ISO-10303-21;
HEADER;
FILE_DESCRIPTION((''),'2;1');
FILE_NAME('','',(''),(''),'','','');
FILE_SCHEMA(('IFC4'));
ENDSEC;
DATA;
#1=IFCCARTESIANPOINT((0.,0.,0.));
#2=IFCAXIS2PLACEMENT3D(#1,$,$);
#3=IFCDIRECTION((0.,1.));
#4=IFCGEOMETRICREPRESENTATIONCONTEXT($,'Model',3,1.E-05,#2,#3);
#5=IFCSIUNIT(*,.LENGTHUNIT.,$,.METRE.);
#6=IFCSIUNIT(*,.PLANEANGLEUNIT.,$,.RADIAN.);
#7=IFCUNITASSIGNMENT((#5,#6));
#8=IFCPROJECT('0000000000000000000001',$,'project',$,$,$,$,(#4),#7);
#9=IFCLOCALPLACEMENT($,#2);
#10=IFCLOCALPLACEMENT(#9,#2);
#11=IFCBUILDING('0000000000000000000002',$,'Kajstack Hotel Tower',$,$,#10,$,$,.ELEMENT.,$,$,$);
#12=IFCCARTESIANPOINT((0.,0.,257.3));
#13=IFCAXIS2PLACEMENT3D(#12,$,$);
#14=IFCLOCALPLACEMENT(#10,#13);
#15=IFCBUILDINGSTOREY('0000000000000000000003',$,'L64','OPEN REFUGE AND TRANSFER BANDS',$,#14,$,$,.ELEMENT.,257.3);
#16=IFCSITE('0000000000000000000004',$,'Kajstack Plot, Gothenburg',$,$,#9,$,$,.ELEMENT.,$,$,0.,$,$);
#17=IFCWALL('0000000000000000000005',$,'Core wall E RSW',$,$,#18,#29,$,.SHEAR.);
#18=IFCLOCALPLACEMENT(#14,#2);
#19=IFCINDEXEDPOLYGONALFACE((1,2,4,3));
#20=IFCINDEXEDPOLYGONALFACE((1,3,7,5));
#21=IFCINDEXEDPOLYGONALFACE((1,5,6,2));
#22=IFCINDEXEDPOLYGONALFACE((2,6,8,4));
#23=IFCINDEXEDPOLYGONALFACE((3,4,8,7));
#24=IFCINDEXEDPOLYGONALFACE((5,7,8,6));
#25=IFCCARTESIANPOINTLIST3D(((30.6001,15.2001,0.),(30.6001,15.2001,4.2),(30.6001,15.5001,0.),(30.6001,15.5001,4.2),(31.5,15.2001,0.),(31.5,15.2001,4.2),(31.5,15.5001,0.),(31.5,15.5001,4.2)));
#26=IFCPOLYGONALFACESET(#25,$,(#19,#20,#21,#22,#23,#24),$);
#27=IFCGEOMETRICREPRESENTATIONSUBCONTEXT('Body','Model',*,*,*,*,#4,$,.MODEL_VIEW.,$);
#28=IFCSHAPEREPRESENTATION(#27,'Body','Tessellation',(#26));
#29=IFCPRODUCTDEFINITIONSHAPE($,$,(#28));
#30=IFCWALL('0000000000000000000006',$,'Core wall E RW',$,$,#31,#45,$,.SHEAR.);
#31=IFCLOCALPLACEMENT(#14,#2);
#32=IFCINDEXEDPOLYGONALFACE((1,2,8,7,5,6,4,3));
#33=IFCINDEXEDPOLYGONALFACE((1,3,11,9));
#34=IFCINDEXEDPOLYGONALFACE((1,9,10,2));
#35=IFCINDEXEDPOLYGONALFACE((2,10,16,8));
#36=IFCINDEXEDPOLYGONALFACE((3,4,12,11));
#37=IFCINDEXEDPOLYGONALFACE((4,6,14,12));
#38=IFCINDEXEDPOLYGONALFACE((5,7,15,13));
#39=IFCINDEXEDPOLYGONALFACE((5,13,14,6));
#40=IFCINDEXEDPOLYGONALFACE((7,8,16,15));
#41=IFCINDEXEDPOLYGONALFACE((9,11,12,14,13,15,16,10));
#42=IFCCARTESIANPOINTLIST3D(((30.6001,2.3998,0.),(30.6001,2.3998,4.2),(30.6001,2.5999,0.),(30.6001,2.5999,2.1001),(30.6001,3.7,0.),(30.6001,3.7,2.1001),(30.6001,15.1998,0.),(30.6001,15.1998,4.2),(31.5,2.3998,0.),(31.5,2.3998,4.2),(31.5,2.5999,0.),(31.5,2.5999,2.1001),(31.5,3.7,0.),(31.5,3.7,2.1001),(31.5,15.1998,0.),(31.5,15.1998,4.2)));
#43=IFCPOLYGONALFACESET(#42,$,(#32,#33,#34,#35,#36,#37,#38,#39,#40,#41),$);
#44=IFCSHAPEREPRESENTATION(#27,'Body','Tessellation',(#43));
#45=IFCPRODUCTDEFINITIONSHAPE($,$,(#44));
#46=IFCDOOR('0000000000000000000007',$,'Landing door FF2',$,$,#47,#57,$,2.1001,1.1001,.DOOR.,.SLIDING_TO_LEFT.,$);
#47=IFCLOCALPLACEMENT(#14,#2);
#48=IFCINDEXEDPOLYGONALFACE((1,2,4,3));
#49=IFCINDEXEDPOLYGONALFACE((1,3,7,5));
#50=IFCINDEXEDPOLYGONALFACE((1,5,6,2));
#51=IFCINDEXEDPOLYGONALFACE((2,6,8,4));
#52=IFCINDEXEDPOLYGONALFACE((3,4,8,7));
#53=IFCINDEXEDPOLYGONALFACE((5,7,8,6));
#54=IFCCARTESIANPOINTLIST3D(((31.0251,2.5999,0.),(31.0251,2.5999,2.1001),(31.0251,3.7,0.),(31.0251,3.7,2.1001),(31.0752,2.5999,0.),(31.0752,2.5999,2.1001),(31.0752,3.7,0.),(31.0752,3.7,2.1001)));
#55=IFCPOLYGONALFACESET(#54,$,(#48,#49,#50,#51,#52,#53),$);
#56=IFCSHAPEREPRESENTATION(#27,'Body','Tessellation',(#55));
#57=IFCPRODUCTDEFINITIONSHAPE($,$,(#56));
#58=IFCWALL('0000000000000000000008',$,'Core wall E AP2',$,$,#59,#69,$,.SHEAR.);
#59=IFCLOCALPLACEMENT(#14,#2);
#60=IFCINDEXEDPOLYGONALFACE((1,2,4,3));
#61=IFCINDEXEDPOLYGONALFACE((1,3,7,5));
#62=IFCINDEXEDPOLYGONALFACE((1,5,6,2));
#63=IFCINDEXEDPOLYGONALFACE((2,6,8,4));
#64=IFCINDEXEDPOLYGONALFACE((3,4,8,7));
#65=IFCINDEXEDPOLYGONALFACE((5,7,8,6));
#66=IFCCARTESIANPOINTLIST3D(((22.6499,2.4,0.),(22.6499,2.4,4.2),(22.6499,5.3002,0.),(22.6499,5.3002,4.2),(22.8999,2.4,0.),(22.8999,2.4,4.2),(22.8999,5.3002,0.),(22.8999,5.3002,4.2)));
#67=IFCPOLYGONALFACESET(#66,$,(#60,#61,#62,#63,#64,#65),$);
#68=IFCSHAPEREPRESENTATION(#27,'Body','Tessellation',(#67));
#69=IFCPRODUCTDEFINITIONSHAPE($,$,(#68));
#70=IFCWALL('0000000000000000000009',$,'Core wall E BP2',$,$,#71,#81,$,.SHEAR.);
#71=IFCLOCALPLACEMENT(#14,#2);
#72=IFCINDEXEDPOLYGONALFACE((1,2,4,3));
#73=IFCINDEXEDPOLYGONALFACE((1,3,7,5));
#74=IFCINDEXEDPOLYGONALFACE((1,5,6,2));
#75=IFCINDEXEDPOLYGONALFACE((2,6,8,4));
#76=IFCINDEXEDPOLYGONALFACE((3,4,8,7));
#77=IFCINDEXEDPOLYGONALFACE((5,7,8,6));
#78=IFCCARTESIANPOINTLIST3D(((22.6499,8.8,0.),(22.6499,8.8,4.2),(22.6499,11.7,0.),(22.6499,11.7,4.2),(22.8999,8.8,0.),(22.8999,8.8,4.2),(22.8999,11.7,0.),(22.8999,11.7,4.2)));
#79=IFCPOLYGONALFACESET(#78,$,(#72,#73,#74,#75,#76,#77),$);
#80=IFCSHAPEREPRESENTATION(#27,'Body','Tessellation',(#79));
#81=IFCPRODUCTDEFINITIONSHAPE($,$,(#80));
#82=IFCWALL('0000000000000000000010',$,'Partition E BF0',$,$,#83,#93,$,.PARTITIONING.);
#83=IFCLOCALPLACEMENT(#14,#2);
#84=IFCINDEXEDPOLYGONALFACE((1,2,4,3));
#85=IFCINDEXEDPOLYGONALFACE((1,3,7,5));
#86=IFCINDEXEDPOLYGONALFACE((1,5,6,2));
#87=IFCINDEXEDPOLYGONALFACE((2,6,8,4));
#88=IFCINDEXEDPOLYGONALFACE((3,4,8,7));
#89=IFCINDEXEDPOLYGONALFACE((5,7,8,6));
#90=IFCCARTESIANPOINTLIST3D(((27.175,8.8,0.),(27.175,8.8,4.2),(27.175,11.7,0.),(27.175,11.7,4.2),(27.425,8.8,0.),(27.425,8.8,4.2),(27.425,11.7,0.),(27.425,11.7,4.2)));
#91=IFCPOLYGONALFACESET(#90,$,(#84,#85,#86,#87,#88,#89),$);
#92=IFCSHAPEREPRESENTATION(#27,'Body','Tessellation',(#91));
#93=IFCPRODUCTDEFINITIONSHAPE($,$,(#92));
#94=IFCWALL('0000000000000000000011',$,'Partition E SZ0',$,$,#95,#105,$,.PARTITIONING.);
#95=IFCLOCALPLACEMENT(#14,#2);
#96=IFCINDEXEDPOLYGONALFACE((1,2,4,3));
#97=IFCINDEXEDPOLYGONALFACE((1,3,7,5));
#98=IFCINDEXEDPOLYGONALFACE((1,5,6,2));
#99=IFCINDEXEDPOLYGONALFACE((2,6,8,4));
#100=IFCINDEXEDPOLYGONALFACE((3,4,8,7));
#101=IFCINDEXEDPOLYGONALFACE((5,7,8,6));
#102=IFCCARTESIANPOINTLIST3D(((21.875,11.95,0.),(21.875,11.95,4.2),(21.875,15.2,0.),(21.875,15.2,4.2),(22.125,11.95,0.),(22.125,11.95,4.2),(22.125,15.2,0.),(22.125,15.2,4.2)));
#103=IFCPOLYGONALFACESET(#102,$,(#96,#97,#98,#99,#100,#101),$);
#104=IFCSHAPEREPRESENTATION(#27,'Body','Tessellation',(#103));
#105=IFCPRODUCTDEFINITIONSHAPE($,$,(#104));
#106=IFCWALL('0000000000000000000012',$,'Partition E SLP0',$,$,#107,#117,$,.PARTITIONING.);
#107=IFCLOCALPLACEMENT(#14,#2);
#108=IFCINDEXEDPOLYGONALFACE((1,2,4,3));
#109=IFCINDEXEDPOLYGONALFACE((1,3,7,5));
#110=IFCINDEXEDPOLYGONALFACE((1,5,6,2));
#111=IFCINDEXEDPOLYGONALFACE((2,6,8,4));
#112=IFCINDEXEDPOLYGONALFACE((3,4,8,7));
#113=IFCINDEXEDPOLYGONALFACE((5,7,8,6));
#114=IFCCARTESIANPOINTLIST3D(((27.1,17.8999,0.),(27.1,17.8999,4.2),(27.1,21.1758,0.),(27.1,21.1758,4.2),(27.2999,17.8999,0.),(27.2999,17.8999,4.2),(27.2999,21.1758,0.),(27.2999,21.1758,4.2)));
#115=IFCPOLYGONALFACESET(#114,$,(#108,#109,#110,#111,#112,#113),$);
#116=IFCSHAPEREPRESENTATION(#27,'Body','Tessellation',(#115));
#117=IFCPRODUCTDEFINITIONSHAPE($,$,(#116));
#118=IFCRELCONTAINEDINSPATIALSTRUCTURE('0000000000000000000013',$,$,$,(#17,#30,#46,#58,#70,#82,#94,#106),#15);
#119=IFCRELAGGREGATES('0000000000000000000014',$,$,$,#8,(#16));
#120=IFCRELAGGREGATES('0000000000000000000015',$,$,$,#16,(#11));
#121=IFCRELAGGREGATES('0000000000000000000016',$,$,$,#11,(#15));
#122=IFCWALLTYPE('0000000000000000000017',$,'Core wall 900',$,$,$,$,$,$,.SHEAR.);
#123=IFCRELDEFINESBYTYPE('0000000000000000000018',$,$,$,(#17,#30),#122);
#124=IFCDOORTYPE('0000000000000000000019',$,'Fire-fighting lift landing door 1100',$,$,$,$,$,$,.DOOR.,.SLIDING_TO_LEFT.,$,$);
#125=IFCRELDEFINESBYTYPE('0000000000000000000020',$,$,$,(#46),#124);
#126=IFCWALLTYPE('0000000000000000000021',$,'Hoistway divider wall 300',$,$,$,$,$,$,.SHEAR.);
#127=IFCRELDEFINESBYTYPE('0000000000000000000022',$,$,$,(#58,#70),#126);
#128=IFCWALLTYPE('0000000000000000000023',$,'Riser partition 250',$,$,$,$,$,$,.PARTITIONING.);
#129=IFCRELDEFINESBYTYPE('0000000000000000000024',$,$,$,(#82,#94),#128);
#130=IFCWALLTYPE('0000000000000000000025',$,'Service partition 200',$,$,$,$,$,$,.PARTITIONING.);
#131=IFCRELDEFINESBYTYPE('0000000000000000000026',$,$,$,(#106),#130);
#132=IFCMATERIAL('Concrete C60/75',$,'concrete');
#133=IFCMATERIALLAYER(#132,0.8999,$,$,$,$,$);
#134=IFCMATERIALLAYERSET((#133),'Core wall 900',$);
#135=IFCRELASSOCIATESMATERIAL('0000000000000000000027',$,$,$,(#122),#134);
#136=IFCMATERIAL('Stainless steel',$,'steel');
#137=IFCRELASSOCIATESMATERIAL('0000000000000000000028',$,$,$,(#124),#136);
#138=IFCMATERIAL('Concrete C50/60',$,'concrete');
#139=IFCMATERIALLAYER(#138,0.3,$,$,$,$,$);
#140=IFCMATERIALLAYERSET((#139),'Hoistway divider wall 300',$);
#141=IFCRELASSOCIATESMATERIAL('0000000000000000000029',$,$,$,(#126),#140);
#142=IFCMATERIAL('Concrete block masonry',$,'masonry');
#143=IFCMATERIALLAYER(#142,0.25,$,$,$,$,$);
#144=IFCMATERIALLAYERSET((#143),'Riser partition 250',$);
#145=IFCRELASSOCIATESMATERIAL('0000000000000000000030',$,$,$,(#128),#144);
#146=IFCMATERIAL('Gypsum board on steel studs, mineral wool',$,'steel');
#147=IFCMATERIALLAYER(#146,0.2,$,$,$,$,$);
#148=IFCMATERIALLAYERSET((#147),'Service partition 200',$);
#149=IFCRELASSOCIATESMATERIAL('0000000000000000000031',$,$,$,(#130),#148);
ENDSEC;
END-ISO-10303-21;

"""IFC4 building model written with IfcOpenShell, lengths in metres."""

from ifc_helpers import new_model, si_unit, direction, frame, frame_2d, origin, place, context, subcontext, project, spatial, rectangle, extrude, material, layer, layer_set, type_object, element, fill, save


model = new_model("IFC4")

# Units and contexts
model_context = context("Model", 3, precision=1e-05, world=origin(), true_north=direction((0.0, 1.0)))
body_context = subcontext(model_context, "Body", "Model", "MODEL_VIEW")
ifc_project = project(units=[si_unit("LENGTHUNIT", "METRE"), si_unit("PLANEANGLEUNIT", "RADIAN")], contexts=[model_context])

# Site, building, storey
site_placement = place(None, origin())
site = spatial("IfcSite", under=ifc_project, at=site_placement, Name="Kajstack Plot, Gothenburg", CompositionType="ELEMENT", RefElevation=0.0)
building_placement = place(site_placement, origin())
building = spatial("IfcBuilding", under=site, at=building_placement, Name="Kajstack Hotel Tower", CompositionType="ELEMENT")
storey_placement = place(building_placement, frame((0.0, 0.0, 257.3)))
storey = spatial("IfcBuildingStorey", under=building, at=storey_placement, Name="L64", Description="OPEN REFUGE AND TRANSFER BANDS", CompositionType="ELEMENT", Elevation=257.3)

# Wall
ifc_material_1 = material(Name="Concrete C60/75", Category="concrete")
ifc_layer_1 = layer(ifc_material_1, 0.8999)
ifc_layer_set_1 = layer_set([ifc_layer_1], Name="Core wall 900")
wall_type_1 = type_object("IfcWallType", Name="Core wall 900", PredefinedType="SHEAR", material=ifc_layer_set_1)
wall_1_placement = place(storey_placement, frame((30.6001, 15.3501, 0.0), z_axis=(0.0, 0.0, 1.0), x_axis=(1.0, 0.0, 0.0)))
element("IfcWall", 1, at=wall_1_placement, inside=storey, type_object=wall_type_1, Name="Core wall E RSW", PredefinedType="SHEAR", context=body_context, shape_type="SweptSolid", body=[
    extrude(rectangle(XDim=0.8999, YDim=0.3, at=frame_2d((0.45, 0.0))), origin(), (0.0, 0.0, 1.0), 4.2),
])

# Wall, opening, door
wall_2_placement = place(storey_placement, frame((31.05, 2.3999, 0.0), z_axis=(0.0, 0.0, 1.0), x_axis=(0.0, 1.0, 0.0)))
wall_2 = element("IfcWall", 2, at=wall_2_placement, inside=storey, type_object=wall_type_1, Name="Core wall E RW", PredefinedType="SHEAR", context=body_context, shape_type="SweptSolid", body=[
    extrude(rectangle(XDim=12.8, YDim=0.8999, at=frame_2d((6.3999, 0.0))), origin(), (0.0, 0.0, 1.0), 4.2),
])
opening_1_placement = place(wall_2_placement, frame((0.2, 0.0, 0.0)))
opening_1 = element("IfcOpeningElement", 3, at=opening_1_placement, cuts=wall_2, PredefinedType="OPENING", context=body_context, shape_type="SweptSolid", body=[
    extrude(rectangle(XDim=1.1001, YDim=2.1001, at=frame_2d((0.55, 1.05))), frame((0.0, 0.46, 0.0), z_axis=(0.0, -1.0, 0.0), x_axis=(1.0, 0.0, 0.0)), (0.0, 0.0, 1.0), 0.9199),
])
ifc_material_2 = material(Name="Stainless steel", Category="steel")
door_type_1 = type_object("IfcDoorType", Name="Fire-fighting lift landing door 1100", OperationType="SLIDING_TO_LEFT", PredefinedType="DOOR", material=ifc_material_2)
door_1_placement = place(opening_1_placement, origin())
door_1 = element("IfcDoor", 4, at=door_1_placement, inside=storey, type_object=door_type_1, Name="Landing door FF2", OperationType="SLIDING_TO_LEFT", OverallHeight=2.1001, OverallWidth=1.1001, PredefinedType="DOOR", context=body_context, shape_type="SweptSolid", body=[
    extrude(rectangle(XDim=1.1001, YDim=2.1001, at=frame_2d((0.55, 1.05))), frame((0.0, 0.0249, 0.0), z_axis=(0.0, -1.0, 0.0), x_axis=(1.0, 0.0, 0.0)), (0.0, 0.0, 1.0), 0.05),
])
fill(opening_1, door_1)

# Walls
ifc_material_3 = material(Name="Concrete C50/60", Category="concrete")
ifc_layer_2 = layer(ifc_material_3, 0.3)
ifc_layer_set_2 = layer_set([ifc_layer_2], Name="Hoistway divider wall 300")
wall_type_2 = type_object("IfcWallType", Name="Hoistway divider wall 300", PredefinedType="SHEAR", material=ifc_layer_set_2)
wall_3_placement = place(storey_placement, frame((22.7749, 2.3999, 0.0), z_axis=(0.0, 0.0, 1.0), x_axis=(0.0, 1.0, 0.0)))
element("IfcWall", 5, at=wall_3_placement, inside=storey, type_object=wall_type_2, Name="Core wall E AP2", PredefinedType="SHEAR", context=body_context, shape_type="SweptSolid", body=[
    extrude(rectangle(XDim=2.9001, YDim=0.25, at=frame_2d((1.4502, 0.0))), origin(), (0.0, 0.0, 1.0), 4.2),
])
wall_4_placement = place(storey_placement, frame((22.7749, 8.8, 0.0), z_axis=(0.0, 0.0, 1.0), x_axis=(0.0, 1.0, 0.0)))
element("IfcWall", 6, at=wall_4_placement, inside=storey, type_object=wall_type_2, Name="Core wall E BP2", PredefinedType="SHEAR", context=body_context, shape_type="SweptSolid", body=[
    extrude(rectangle(XDim=2.8999, YDim=0.25, at=frame_2d((1.45, 0.0))), origin(), (0.0, 0.0, 1.0), 4.2),
])
ifc_material_4 = material(Name="Concrete block masonry", Category="masonry")
ifc_layer_3 = layer(ifc_material_4, 0.25)
ifc_layer_set_3 = layer_set([ifc_layer_3], Name="Riser partition 250")
wall_type_3 = type_object("IfcWallType", Name="Riser partition 250", PredefinedType="PARTITIONING", material=ifc_layer_set_3)
wall_5_placement = place(storey_placement, frame((27.3, 8.8, 0.0), z_axis=(0.0, 0.0, 1.0), x_axis=(0.0, 1.0, 0.0)))
element("IfcWall", 7, at=wall_5_placement, inside=storey, type_object=wall_type_3, Name="Partition E BF0", PredefinedType="PARTITIONING", context=body_context, shape_type="SweptSolid", body=[
    extrude(rectangle(XDim=2.8999, YDim=0.25, at=frame_2d((1.45, 0.0))), origin(), (0.0, 0.0, 1.0), 4.2),
])
wall_6_placement = place(storey_placement, frame((22.0, 11.95, 0.0), z_axis=(0.0, 0.0, 1.0), x_axis=(0.0, 1.0, 0.0)))
element("IfcWall", 8, at=wall_6_placement, inside=storey, type_object=wall_type_3, Name="Partition E SZ0", PredefinedType="PARTITIONING", context=body_context, shape_type="SweptSolid", body=[
    extrude(rectangle(XDim=3.25, YDim=0.25, at=frame_2d((1.625, 0.0))), origin(), (0.0, 0.0, 1.0), 4.2),
])
ifc_material_5 = material(Name="Gypsum board on steel studs, mineral wool", Category="steel")
ifc_layer_4 = layer(ifc_material_5, 0.2)
ifc_layer_set_4 = layer_set([ifc_layer_4], Name="Service partition 200")
wall_type_4 = type_object("IfcWallType", Name="Service partition 200", PredefinedType="PARTITIONING", material=ifc_layer_set_4)
wall_7_placement = place(storey_placement, frame((27.2, 17.8999, 0.0), z_axis=(0.0, 0.0, 1.0), x_axis=(0.0, 1.0, 0.0)))
element("IfcWall", 9, at=wall_7_placement, inside=storey, type_object=wall_type_4, Name="Partition E SLP0", PredefinedType="PARTITIONING", context=body_context, shape_type="SweptSolid", body=[
    extrude(rectangle(XDim=3.2759, YDim=0.2, at=frame_2d((1.6379, 0.0))), origin(), (0.0, 0.0, 1.0), 4.2),
])

save(model, "model.ifc")
